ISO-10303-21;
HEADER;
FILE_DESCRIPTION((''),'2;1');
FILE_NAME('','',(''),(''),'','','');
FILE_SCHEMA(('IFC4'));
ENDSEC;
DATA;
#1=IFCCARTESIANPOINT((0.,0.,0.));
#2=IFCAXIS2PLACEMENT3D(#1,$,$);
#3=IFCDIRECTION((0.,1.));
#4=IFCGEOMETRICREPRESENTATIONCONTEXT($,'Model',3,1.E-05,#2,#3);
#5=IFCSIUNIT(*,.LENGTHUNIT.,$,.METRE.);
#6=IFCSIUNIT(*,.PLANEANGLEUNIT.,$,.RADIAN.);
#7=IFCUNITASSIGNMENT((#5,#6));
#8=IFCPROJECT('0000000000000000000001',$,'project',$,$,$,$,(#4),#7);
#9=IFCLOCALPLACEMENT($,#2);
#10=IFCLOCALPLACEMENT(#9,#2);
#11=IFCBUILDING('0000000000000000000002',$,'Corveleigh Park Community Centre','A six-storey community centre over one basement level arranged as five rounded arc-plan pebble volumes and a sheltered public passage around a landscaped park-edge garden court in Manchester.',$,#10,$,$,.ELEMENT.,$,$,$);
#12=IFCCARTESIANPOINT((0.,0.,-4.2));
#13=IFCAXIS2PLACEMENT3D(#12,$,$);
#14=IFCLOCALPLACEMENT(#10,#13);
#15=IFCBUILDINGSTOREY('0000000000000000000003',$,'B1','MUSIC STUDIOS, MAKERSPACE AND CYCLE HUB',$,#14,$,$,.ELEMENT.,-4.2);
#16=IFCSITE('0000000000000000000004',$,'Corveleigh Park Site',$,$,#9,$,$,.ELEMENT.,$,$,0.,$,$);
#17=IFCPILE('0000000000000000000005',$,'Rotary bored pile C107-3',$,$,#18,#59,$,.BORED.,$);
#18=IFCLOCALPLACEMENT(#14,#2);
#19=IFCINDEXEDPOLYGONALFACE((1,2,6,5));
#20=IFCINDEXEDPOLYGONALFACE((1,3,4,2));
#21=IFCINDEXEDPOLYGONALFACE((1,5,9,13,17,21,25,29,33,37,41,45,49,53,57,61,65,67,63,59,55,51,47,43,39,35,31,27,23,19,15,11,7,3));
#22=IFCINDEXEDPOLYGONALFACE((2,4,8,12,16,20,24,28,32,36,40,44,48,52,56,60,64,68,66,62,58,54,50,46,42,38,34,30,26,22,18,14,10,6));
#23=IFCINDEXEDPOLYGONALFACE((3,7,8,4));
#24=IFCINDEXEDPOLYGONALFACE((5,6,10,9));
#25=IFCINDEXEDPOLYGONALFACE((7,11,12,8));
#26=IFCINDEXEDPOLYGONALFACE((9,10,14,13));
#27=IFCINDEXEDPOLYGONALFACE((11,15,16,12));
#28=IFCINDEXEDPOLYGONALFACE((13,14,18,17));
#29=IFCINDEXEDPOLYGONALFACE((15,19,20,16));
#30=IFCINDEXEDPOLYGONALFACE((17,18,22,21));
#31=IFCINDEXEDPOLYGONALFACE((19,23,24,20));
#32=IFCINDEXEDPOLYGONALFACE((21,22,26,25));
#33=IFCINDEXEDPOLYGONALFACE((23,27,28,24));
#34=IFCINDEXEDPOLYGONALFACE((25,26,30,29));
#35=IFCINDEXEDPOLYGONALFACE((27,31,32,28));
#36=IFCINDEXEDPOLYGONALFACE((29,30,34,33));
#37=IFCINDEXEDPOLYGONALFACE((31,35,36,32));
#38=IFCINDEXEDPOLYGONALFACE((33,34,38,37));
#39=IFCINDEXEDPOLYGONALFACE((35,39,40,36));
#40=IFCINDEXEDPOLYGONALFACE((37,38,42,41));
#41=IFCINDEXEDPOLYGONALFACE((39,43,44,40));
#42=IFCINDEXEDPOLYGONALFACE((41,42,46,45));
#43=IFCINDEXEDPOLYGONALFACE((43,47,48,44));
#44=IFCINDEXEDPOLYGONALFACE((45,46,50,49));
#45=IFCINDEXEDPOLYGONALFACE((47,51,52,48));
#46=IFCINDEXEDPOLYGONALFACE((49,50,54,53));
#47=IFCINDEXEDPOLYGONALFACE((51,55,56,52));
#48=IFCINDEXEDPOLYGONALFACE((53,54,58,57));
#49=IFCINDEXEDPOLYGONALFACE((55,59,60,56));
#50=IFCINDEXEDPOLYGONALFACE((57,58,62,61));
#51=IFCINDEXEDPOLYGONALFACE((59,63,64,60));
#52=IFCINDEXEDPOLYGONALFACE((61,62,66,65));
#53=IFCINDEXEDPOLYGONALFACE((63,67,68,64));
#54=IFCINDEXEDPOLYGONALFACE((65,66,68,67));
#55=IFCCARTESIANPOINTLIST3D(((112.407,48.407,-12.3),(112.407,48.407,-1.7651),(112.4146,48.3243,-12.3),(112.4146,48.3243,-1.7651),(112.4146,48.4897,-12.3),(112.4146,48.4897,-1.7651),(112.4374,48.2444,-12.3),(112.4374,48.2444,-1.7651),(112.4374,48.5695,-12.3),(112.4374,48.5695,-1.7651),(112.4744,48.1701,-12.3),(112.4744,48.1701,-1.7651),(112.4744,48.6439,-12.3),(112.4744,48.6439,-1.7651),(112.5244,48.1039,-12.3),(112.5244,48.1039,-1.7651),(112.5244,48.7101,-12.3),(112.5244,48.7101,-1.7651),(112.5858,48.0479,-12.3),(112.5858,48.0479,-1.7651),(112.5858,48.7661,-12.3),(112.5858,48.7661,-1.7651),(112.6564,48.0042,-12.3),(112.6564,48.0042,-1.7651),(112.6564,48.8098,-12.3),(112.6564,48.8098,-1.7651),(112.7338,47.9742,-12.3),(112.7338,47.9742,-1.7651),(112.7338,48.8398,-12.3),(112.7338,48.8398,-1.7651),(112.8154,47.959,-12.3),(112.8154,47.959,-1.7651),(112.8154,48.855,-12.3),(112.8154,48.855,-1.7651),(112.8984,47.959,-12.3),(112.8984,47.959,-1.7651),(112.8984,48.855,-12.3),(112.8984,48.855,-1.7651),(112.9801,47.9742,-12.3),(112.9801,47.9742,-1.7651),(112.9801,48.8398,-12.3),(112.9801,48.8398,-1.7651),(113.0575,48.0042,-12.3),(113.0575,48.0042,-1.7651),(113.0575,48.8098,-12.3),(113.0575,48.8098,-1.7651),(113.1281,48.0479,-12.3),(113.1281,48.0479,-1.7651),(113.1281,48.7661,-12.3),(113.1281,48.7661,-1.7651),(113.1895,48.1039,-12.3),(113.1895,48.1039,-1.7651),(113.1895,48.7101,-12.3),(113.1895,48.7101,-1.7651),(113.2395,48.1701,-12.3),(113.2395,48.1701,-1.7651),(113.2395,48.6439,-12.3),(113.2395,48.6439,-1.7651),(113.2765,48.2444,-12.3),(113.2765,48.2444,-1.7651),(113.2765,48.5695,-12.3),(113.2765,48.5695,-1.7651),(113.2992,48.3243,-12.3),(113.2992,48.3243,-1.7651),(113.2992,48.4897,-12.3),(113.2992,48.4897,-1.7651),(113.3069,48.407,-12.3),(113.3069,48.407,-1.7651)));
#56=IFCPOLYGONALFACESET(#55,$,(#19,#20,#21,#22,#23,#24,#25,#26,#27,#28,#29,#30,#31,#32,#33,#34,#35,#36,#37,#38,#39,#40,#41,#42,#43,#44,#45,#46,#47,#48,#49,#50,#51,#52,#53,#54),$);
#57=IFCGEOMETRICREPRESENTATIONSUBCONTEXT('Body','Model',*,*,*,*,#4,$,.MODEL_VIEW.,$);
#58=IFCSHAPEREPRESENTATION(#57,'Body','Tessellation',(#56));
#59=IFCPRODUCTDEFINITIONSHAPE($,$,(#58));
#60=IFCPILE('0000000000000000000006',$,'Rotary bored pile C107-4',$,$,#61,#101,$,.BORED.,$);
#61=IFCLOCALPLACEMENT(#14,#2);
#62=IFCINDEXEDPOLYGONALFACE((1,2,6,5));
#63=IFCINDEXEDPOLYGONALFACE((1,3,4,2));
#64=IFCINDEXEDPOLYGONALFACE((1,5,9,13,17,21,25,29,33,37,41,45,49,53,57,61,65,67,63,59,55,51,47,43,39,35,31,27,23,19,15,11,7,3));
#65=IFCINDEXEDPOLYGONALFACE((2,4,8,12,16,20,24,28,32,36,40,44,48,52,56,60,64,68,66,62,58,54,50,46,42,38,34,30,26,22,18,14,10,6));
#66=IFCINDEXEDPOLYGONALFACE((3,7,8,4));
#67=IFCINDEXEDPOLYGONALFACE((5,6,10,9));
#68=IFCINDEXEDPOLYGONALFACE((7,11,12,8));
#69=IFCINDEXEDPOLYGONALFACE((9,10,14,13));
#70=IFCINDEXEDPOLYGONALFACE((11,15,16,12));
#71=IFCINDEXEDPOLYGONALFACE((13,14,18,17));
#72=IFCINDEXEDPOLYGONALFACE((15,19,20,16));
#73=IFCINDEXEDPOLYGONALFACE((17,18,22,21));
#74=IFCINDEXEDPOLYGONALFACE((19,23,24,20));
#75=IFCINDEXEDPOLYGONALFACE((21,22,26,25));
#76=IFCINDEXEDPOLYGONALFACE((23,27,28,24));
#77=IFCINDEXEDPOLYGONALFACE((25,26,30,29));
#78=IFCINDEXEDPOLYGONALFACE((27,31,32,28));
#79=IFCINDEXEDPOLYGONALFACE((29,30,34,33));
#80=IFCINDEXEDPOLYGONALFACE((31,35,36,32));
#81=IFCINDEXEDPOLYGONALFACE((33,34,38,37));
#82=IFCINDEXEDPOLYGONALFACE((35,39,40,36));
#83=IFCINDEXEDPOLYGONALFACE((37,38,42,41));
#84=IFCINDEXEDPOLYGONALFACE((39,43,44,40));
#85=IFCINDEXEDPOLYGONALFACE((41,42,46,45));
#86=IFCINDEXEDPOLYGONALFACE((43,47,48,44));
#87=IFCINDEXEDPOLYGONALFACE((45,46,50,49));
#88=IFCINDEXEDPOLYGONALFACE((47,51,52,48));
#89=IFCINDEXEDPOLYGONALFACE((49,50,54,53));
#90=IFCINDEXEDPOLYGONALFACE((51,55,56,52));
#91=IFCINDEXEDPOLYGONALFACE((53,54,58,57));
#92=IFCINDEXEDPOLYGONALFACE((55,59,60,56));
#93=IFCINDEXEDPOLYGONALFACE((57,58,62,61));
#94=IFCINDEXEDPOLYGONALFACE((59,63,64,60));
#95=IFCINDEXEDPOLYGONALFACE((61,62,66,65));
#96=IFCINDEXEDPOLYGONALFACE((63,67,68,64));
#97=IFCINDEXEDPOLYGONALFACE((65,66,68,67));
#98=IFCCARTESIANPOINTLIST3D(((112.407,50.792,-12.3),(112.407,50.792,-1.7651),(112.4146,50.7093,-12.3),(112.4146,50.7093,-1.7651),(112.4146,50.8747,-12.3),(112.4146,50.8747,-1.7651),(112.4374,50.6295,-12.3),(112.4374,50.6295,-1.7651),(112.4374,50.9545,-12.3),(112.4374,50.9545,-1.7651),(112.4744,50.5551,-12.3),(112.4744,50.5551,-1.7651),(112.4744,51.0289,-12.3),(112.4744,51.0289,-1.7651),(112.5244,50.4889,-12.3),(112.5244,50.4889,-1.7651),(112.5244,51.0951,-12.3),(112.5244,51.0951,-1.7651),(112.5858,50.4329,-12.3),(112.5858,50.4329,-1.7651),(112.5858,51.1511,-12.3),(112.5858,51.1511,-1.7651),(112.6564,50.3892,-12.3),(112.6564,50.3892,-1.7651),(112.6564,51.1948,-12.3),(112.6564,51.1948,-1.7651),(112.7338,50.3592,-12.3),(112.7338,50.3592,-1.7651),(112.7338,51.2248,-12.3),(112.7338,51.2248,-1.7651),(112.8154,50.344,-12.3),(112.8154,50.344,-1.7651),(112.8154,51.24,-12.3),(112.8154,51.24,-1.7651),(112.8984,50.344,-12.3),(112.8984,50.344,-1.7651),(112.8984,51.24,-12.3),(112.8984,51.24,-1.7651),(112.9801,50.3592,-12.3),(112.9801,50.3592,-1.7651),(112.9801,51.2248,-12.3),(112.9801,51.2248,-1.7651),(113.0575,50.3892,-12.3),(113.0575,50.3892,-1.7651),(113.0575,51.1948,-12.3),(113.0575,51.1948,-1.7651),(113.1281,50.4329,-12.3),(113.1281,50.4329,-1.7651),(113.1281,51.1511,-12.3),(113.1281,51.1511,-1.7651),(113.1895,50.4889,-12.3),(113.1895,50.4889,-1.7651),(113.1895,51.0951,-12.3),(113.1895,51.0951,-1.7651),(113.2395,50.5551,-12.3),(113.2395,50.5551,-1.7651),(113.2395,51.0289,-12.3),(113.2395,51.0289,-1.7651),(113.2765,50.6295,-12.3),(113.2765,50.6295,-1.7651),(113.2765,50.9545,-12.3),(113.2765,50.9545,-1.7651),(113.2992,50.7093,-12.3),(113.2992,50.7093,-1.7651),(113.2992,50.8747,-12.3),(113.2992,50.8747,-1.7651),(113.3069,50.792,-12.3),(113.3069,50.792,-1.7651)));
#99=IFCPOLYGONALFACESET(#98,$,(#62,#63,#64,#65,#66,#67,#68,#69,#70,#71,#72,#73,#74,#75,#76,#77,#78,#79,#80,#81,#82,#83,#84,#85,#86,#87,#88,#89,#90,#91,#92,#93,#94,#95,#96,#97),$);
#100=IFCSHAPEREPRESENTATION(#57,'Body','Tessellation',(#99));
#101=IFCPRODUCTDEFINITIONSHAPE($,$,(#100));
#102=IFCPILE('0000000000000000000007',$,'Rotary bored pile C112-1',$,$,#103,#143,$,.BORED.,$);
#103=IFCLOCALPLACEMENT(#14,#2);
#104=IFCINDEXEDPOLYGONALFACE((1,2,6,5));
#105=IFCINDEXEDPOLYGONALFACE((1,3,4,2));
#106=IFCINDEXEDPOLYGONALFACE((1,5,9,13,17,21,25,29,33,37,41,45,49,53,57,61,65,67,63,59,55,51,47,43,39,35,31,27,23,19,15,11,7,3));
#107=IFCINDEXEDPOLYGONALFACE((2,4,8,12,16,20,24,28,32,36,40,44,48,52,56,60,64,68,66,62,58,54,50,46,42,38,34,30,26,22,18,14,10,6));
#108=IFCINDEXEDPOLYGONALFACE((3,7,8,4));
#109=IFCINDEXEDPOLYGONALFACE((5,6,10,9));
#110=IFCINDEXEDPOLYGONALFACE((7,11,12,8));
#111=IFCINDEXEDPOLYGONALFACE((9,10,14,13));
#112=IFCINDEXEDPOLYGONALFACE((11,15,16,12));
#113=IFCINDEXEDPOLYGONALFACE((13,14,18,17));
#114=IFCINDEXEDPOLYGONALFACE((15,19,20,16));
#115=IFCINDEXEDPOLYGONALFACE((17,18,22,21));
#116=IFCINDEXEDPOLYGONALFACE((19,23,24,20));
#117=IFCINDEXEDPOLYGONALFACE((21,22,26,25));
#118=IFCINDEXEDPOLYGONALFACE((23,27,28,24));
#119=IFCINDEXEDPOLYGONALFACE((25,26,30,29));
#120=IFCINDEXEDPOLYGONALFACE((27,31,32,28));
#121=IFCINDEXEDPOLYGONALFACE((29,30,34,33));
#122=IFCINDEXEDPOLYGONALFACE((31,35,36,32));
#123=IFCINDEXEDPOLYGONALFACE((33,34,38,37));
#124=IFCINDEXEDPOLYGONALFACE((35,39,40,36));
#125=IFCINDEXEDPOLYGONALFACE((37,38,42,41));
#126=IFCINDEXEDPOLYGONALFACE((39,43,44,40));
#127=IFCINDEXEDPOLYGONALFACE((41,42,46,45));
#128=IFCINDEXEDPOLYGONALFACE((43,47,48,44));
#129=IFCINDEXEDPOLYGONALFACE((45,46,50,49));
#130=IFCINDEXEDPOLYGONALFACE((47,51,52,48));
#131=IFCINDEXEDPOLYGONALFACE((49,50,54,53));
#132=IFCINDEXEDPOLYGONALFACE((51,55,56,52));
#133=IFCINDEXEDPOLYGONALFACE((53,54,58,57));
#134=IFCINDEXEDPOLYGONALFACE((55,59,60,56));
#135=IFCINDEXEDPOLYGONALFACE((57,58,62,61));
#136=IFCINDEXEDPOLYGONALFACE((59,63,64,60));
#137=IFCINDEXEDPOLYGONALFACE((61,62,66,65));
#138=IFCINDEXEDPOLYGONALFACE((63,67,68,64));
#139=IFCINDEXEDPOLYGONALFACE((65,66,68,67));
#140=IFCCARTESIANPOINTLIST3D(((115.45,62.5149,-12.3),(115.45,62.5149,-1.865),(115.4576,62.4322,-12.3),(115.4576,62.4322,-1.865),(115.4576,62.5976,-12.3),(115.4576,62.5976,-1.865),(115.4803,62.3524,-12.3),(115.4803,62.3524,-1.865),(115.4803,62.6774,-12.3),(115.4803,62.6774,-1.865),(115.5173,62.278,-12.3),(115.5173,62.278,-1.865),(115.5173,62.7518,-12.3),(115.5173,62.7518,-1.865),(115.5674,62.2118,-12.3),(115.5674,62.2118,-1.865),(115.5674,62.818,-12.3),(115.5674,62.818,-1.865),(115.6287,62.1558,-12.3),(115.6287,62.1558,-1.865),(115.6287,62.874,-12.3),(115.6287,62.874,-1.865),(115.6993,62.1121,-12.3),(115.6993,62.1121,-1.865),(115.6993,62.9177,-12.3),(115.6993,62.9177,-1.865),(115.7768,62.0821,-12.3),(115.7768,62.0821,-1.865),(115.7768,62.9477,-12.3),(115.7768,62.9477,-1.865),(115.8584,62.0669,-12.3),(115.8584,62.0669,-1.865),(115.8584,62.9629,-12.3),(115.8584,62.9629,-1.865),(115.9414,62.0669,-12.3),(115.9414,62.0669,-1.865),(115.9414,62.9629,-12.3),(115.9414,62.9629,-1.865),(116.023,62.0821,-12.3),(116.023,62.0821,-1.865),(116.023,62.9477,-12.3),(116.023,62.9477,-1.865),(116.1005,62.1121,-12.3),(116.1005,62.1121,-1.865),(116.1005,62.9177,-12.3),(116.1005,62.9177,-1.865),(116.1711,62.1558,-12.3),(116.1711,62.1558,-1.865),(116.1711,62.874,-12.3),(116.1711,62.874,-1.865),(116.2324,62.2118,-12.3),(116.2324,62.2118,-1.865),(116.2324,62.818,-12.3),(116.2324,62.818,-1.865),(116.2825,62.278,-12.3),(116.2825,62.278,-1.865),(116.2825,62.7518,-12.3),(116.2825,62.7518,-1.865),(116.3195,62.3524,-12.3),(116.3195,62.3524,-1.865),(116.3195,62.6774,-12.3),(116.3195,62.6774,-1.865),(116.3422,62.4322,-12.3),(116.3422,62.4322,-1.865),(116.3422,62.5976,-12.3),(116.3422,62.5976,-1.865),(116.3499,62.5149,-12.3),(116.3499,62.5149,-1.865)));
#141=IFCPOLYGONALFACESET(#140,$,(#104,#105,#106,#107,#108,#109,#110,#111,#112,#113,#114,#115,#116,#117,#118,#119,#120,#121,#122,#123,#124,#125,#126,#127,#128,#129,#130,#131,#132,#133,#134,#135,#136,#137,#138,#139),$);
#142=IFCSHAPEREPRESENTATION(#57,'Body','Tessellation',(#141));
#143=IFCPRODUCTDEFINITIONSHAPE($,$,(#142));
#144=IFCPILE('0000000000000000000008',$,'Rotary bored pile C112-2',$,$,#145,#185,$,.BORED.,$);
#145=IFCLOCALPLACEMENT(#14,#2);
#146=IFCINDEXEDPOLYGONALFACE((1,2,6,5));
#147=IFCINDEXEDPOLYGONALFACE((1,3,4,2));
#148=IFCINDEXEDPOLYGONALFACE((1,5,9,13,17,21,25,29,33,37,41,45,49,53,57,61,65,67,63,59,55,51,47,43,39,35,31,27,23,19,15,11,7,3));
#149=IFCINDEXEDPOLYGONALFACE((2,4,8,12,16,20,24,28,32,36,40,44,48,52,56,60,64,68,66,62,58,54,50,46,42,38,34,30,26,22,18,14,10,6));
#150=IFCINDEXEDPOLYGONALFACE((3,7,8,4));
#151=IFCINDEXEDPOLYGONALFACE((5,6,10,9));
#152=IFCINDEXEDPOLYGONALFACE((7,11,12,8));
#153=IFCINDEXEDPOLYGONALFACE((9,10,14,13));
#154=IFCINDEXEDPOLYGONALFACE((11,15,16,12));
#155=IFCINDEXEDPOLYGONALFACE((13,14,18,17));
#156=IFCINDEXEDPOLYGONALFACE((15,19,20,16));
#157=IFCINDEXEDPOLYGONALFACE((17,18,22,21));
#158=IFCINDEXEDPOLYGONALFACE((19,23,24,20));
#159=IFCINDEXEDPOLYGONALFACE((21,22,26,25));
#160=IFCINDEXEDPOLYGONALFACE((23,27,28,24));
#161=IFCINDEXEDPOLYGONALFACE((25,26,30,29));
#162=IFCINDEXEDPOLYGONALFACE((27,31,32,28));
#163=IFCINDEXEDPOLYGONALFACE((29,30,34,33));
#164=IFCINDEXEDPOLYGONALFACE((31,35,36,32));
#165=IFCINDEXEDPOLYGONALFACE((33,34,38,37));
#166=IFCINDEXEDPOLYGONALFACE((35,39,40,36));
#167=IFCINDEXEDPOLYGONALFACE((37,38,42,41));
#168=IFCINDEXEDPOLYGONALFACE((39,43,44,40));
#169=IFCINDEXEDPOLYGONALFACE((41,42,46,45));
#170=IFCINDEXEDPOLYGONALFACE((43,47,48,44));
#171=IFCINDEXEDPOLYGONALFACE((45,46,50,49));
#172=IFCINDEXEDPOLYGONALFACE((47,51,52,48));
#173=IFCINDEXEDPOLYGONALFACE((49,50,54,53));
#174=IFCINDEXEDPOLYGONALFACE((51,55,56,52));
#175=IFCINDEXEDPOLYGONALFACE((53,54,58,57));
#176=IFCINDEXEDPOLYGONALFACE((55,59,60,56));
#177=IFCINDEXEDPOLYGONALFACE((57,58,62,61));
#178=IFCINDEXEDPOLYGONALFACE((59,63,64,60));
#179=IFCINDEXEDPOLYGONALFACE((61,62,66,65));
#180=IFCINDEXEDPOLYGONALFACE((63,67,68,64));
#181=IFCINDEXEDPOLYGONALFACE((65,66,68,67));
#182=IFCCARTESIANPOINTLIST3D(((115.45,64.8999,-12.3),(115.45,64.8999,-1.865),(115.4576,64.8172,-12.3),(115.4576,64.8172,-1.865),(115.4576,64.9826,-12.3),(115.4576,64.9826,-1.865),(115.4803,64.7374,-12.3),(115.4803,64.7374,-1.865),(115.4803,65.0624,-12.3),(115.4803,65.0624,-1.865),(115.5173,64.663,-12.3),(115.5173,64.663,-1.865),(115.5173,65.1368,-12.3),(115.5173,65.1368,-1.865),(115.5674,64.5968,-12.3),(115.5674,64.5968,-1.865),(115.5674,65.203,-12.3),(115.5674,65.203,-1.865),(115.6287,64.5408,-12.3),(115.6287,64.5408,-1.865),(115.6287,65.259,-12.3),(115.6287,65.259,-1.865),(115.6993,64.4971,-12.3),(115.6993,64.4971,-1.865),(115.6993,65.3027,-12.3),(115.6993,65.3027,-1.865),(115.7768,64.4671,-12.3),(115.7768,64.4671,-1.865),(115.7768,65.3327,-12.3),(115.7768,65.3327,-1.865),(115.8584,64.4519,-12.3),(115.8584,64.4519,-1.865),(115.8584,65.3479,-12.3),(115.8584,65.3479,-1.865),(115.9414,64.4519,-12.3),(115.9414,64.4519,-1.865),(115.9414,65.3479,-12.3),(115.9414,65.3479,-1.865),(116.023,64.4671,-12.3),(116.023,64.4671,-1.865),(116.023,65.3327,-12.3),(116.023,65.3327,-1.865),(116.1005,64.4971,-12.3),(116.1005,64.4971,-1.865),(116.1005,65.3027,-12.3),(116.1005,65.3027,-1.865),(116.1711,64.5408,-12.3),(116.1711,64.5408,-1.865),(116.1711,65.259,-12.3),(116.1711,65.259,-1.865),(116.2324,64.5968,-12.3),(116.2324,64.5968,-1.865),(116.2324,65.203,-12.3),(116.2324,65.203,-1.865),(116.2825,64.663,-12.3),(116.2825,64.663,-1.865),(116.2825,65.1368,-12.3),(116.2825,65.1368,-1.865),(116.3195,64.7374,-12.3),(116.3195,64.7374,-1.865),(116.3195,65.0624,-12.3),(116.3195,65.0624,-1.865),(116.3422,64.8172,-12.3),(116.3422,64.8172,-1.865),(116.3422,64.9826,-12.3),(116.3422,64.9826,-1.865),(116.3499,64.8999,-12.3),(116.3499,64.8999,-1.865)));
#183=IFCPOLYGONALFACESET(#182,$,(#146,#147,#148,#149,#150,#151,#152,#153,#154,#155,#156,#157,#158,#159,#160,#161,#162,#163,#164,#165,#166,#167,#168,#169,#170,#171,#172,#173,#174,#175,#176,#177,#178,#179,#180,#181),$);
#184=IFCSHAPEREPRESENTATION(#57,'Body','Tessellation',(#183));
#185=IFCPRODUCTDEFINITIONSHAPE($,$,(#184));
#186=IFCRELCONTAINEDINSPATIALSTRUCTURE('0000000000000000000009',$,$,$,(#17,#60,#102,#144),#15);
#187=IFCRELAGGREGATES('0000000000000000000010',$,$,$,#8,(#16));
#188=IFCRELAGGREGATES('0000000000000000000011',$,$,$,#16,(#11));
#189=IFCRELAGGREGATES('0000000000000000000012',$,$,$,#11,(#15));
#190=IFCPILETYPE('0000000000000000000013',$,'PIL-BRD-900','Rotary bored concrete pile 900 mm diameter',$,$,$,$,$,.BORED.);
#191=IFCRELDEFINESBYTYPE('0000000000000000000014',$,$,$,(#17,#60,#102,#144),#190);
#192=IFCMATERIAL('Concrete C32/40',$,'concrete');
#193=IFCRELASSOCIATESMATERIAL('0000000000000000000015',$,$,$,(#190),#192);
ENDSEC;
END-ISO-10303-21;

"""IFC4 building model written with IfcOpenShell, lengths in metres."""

from ifc_helpers import new_model, si_unit, direction, frame, origin, origin_2d, place, context, subcontext, project, spatial, circle, extrude, material, material_profile, profile_set, type_object, element, save


model = new_model("IFC4")

# Units and contexts
model_context = context("Model", 3, precision=1e-05, world=origin(), true_north=direction((0.0, 1.0)))
body_context = subcontext(model_context, "Body", "Model", "MODEL_VIEW")
ifc_project = project(units=[si_unit("LENGTHUNIT", "METRE"), si_unit("PLANEANGLEUNIT", "RADIAN")], contexts=[model_context])

# Site, building, storey
site_placement = place(None, origin())
site = spatial("IfcSite", under=ifc_project, at=site_placement, Name="Corveleigh Park Site", CompositionType="ELEMENT", RefElevation=0.0)
building_placement = place(site_placement, origin())
building = spatial("IfcBuilding", under=site, at=building_placement, Name="Corveleigh Park Community Centre", Description="A six-storey community centre over one basement level arranged as five rounded arc-plan pebble volumes and a sheltered public passage around a landscaped park-edge garden court in Manchester.", CompositionType="ELEMENT")
storey_placement = place(building_placement, frame((0.0, 0.0, -4.2)))
storey = spatial("IfcBuildingStorey", under=building, at=storey_placement, Name="B1", Description="MUSIC STUDIOS, MAKERSPACE AND CYCLE HUB", CompositionType="ELEMENT", Elevation=-4.2)

# Piles
ifc_material_1 = material(Name="Concrete C32/40", Category="concrete")
ifc_material_profile_1 = material_profile(ifc_material_1, circle(Radius=0.45, at=origin_2d()), Name="BORED-PILE-900", Category="concrete")
ifc_profile_set_1 = profile_set([ifc_material_profile_1], Name="Concrete C32/40")
pile_type_1 = type_object("IfcPileType", Name="PIL-BRD-900", Description="Rotary bored concrete pile 900 mm diameter", PredefinedType="BORED", material=ifc_profile_set_1)
for number, where, z_axis, x_axis, name in (
    (1, (112.8569, 48.407, -1.7651), (0.0, 0.0, -1.0), (1.0, 0.0, 0.0), "Rotary bored pile C107-3"),
    (2, (112.8569, 50.792, -1.7651), (0.0, 0.0, -1.0), (1.0, 0.0, 0.0), "Rotary bored pile C107-4"),
):
    element("IfcPile", number, at=place(storey_placement, frame(where, z_axis=z_axis, x_axis=x_axis)), inside=storey, type_object=pile_type_1, Name=name, PredefinedType="BORED", context=body_context, shape_type="SweptSolid", body=[
        extrude(circle(Radius=0.45, at=origin_2d()), origin(), (0.0, 0.0, 1.0), 10.5349),
    ])
for number, where, z_axis, x_axis, name in (
    (3, (115.8999, 62.5149, -1.865), (0.0, 0.0, -1.0), (1.0, 0.0, 0.0), "Rotary bored pile C112-1"),
    (4, (115.8999, 64.8999, -1.865), (0.0, 0.0, -1.0), (1.0, 0.0, 0.0), "Rotary bored pile C112-2"),
):
    element("IfcPile", number, at=place(storey_placement, frame(where, z_axis=z_axis, x_axis=x_axis)), inside=storey, type_object=pile_type_1, Name=name, PredefinedType="BORED", context=body_context, shape_type="SweptSolid", body=[
        extrude(circle(Radius=0.45, at=origin_2d()), origin(), (0.0, 0.0, 1.0), 10.4351),
    ])

save(model, "model.ifc")
